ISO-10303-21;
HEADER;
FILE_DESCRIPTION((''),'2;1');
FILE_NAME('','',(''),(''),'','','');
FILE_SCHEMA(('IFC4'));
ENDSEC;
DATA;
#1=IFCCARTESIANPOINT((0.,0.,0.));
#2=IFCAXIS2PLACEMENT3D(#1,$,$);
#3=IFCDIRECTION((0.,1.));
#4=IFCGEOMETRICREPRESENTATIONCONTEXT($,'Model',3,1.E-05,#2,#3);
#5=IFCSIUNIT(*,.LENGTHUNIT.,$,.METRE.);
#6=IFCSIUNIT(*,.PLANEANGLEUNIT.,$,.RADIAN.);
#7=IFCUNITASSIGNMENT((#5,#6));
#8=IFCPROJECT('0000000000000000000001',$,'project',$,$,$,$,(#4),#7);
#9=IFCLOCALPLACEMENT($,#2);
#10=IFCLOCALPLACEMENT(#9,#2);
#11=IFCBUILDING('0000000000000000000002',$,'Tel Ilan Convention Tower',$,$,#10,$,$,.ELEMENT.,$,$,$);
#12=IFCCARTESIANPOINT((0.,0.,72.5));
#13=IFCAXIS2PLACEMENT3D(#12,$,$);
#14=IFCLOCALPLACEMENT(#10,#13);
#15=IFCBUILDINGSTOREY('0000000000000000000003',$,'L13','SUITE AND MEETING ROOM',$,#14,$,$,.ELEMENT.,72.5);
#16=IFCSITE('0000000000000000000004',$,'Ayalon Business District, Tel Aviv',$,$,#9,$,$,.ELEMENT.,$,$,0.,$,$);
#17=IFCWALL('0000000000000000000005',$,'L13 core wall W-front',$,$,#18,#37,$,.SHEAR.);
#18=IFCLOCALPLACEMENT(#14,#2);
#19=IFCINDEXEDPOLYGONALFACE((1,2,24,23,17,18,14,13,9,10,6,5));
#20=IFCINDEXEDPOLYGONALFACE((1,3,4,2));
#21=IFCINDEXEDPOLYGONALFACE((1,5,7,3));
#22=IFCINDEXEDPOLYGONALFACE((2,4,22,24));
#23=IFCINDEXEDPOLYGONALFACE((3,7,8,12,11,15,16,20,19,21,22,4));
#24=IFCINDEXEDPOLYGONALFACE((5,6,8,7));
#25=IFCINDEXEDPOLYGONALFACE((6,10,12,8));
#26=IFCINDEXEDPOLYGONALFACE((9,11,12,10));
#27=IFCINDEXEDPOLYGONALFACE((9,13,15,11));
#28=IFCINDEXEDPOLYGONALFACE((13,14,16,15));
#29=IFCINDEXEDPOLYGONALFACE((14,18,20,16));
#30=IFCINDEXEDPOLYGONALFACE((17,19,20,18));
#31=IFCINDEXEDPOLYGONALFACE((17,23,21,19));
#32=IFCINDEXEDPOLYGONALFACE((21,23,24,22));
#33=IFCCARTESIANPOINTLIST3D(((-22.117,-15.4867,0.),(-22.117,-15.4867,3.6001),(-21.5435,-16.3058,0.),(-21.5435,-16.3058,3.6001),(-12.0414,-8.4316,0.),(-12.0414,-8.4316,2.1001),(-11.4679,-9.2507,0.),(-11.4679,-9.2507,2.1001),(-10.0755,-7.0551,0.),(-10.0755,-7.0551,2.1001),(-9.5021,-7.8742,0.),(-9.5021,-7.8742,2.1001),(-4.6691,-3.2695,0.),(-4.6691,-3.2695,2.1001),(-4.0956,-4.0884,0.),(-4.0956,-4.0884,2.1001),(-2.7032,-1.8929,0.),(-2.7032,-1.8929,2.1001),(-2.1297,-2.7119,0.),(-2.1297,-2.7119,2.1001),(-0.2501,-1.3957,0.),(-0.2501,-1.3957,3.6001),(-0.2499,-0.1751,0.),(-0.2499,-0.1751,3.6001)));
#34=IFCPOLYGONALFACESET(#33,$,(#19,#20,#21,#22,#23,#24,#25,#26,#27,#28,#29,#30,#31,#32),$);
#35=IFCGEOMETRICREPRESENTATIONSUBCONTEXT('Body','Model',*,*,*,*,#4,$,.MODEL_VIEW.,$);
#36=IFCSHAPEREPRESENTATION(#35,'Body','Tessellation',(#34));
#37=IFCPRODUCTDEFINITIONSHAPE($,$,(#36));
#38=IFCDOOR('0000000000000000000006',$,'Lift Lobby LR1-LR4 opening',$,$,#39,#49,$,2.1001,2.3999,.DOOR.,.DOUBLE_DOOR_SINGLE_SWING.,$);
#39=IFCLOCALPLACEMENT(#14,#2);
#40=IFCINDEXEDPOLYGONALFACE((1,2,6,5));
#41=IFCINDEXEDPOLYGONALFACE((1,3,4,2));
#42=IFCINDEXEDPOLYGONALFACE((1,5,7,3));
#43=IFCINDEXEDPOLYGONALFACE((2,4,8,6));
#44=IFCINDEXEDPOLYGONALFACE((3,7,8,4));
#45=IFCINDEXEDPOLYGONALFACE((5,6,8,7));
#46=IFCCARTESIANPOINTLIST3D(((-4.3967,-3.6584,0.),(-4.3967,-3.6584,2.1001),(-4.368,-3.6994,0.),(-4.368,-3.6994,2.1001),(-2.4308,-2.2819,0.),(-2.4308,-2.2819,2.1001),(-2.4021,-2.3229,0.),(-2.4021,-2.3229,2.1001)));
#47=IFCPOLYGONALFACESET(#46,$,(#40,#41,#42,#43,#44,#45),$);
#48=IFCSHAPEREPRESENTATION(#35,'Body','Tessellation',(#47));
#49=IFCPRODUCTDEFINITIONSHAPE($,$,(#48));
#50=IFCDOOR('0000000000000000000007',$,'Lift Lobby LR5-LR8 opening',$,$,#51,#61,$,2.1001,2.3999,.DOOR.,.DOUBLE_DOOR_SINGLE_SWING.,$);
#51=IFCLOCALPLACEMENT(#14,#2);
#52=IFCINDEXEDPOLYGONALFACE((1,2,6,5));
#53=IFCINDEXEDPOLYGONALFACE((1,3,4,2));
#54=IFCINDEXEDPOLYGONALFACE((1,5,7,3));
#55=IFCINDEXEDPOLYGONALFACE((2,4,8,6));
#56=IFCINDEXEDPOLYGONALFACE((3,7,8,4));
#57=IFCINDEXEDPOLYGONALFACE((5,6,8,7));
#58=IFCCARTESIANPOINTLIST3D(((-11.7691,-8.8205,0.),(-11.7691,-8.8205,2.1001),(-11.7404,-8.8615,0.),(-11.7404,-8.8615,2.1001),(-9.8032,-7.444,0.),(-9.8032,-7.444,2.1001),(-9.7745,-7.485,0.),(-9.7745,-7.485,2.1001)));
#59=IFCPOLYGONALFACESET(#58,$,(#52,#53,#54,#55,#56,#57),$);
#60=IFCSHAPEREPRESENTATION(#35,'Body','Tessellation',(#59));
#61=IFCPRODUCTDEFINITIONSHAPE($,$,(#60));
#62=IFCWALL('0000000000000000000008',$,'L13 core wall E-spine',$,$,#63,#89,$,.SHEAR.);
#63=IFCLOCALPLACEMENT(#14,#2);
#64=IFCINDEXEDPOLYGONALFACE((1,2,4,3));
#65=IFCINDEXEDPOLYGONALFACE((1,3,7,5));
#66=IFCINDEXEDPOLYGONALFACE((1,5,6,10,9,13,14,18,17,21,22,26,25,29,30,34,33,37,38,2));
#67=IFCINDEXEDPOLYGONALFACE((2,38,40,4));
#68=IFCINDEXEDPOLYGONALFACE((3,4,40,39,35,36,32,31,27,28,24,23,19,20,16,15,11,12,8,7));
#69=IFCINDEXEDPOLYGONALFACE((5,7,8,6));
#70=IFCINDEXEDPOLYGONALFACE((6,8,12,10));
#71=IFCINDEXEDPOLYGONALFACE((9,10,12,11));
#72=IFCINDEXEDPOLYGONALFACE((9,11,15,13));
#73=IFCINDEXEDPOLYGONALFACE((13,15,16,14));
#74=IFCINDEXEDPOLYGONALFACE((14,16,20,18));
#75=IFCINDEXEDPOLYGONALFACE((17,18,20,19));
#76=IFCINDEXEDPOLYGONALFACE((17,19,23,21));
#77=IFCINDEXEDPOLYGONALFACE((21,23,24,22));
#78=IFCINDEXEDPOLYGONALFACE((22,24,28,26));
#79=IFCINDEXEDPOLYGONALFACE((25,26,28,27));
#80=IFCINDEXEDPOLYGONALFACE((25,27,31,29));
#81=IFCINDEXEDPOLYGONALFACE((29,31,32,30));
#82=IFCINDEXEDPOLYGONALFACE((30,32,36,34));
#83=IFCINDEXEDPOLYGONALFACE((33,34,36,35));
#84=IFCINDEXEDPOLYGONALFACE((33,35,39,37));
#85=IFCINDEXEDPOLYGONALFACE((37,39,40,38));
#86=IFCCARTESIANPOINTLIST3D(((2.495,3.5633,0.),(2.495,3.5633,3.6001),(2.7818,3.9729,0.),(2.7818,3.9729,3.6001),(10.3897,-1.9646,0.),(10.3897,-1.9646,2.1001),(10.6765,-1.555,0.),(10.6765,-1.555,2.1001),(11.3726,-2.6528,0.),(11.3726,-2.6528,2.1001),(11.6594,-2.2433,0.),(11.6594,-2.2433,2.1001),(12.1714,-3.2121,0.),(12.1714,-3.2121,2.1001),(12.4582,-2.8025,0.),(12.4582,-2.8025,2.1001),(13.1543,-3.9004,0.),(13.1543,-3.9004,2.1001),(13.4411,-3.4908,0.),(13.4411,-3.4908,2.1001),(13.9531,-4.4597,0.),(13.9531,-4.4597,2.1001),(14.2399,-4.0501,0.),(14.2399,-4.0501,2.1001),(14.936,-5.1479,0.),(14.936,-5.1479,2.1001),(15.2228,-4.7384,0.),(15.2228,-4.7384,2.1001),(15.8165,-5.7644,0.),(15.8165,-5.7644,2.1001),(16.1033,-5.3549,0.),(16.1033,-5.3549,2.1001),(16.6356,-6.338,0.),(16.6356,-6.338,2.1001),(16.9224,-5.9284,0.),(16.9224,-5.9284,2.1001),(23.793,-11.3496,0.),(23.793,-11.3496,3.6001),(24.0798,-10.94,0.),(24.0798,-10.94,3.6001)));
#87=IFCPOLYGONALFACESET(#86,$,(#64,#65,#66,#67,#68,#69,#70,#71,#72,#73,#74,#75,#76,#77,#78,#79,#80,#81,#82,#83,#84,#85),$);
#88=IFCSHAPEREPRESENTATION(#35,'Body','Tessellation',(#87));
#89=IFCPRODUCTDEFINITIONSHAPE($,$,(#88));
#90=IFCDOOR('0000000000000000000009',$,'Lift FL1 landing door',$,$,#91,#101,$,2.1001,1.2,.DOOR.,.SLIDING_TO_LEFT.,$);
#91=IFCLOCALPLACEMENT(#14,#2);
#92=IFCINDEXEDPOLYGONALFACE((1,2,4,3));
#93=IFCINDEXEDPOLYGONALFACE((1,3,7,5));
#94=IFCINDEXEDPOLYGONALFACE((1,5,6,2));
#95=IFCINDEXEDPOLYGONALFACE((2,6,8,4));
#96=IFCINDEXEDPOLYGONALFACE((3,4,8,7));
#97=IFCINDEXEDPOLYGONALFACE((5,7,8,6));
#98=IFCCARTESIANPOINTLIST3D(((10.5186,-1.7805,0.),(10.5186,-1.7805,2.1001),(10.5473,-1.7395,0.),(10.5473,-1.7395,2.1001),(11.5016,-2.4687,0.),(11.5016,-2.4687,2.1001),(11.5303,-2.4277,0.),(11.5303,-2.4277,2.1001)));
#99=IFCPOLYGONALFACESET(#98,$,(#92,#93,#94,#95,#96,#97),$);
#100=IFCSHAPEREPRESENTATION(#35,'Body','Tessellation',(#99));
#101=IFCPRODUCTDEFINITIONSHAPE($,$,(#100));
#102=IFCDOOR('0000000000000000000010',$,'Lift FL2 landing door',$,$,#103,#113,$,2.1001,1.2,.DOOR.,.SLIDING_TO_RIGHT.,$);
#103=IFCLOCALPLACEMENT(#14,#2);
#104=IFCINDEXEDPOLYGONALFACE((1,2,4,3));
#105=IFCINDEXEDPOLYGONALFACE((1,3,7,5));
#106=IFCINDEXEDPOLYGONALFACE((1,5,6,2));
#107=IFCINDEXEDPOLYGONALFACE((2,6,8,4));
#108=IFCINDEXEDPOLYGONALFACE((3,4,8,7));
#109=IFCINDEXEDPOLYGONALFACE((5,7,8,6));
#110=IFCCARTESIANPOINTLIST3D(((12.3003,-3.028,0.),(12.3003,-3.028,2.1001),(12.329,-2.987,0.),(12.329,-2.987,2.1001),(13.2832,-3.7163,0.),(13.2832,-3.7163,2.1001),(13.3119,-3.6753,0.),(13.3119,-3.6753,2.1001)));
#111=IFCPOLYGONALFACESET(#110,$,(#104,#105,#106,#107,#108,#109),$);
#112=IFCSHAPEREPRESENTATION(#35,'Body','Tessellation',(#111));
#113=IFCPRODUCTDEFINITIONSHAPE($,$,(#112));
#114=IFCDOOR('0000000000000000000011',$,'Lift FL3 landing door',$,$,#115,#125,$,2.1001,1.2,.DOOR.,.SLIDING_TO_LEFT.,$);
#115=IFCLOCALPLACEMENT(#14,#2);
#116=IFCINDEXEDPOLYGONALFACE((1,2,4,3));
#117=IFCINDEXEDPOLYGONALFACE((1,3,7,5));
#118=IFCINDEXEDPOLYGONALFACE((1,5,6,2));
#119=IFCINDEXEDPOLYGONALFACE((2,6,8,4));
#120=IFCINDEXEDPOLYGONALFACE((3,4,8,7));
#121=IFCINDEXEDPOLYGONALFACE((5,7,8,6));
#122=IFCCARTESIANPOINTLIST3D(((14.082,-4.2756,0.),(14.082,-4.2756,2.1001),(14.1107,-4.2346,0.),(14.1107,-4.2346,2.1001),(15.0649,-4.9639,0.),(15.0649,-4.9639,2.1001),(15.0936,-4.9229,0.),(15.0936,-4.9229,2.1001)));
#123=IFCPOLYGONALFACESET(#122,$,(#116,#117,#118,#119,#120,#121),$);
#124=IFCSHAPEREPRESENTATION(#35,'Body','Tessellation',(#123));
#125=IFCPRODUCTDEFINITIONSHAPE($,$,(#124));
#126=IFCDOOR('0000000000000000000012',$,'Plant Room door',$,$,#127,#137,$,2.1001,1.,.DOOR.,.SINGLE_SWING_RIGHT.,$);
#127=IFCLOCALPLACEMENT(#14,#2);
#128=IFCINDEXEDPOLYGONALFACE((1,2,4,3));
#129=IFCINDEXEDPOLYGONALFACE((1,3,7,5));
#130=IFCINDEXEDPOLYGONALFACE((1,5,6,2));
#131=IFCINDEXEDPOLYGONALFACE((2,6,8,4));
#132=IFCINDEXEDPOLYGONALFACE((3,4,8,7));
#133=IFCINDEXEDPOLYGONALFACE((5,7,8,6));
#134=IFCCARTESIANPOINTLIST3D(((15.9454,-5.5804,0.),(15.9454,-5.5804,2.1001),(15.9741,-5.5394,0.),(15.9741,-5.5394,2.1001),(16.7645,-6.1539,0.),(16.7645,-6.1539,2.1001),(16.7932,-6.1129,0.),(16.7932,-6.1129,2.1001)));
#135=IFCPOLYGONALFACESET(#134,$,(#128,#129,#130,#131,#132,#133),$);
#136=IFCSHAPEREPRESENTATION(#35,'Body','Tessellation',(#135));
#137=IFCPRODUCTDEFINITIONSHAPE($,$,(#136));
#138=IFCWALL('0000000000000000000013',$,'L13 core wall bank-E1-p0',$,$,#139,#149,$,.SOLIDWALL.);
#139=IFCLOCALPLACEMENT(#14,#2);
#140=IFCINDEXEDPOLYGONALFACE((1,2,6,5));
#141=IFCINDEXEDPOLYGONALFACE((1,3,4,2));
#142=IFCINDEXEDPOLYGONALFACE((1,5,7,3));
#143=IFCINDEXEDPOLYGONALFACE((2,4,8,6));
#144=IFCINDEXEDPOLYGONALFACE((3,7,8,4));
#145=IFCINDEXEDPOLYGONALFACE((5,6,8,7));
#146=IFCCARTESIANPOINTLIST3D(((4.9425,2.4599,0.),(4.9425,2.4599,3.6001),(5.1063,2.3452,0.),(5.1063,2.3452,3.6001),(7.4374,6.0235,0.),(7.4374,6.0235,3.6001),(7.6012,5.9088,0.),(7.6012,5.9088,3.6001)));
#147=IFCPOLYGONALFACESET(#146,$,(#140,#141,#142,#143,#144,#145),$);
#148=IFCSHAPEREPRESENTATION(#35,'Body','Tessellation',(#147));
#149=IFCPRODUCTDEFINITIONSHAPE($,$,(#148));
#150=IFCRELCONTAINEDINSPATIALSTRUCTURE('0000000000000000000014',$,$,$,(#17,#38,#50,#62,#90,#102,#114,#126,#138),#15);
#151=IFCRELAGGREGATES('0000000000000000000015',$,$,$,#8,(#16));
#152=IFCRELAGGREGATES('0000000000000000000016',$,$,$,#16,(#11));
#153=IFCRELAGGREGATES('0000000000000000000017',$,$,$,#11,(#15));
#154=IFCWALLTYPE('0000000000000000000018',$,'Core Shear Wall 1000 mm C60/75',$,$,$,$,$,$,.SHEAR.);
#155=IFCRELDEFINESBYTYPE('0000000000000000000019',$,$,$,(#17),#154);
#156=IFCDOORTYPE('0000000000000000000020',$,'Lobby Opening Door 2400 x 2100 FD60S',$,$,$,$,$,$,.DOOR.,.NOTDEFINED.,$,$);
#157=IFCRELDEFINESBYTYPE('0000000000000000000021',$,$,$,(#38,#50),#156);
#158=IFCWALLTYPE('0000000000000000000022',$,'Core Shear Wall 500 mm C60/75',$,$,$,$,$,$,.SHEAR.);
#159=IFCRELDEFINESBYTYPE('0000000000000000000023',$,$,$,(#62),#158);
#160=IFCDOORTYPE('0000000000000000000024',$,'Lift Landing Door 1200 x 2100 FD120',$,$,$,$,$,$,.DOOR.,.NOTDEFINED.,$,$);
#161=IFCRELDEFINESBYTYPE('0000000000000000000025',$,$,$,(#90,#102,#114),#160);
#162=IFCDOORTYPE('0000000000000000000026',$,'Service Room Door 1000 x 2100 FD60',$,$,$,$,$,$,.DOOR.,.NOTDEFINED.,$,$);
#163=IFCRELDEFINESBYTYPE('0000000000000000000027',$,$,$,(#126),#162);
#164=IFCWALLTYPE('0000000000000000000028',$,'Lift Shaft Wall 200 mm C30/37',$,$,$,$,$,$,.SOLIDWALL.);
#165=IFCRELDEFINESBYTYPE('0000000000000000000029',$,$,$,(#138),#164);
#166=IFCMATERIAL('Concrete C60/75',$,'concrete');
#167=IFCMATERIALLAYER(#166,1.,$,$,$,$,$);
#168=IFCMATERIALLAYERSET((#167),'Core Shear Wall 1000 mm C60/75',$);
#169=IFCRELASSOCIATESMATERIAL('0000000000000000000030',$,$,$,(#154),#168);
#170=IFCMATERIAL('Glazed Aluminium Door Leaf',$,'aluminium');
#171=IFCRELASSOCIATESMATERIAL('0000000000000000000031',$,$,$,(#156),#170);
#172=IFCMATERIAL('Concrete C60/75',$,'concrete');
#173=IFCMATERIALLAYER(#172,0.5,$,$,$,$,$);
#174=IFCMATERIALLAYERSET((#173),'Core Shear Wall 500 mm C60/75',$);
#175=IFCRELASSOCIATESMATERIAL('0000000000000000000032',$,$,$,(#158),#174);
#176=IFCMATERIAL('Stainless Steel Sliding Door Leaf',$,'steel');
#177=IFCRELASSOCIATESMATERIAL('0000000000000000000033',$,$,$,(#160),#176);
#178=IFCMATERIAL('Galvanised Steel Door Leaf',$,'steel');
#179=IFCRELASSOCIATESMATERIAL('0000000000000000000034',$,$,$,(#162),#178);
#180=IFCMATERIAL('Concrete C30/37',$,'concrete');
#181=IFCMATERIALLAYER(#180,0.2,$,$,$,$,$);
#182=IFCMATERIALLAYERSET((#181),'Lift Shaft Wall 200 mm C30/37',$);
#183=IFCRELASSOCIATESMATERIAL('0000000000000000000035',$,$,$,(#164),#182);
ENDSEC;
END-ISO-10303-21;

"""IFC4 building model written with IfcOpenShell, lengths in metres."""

from ifc_helpers import new_model, si_unit, direction, frame, frame_2d, origin, place, context, subcontext, project, spatial, polyline, rectangle, outline, extrude, material, layer, layer_set, type_object, element, fill, save


model = new_model("IFC4")

# Units and contexts
model_context = context("Model", 3, precision=1e-05, world=origin(), true_north=direction((0.0, 1.0)))
body_context = subcontext(model_context, "Body", "Model", "MODEL_VIEW")
ifc_project = project(units=[si_unit("LENGTHUNIT", "METRE"), si_unit("PLANEANGLEUNIT", "RADIAN")], contexts=[model_context])

# Site, building, storey
site_placement = place(None, origin())
site = spatial("IfcSite", under=ifc_project, at=site_placement, Name="Ayalon Business District, Tel Aviv", CompositionType="ELEMENT", RefElevation=0.0)
building_placement = place(site_placement, origin())
building = spatial("IfcBuilding", under=site, at=building_placement, Name="Tel Ilan Convention Tower", CompositionType="ELEMENT")
storey_placement = place(building_placement, frame((0.0, 0.0, 72.5)))
storey = spatial("IfcBuildingStorey", under=building, at=storey_placement, Name="L13", Description="SUITE AND MEETING ROOM", CompositionType="ELEMENT", Elevation=72.5)

# Shared definitions
ifc_material_1 = material(Name="Concrete C60/75", Category="concrete")
ifc_layer_1 = layer(ifc_material_1, 1.0)
ifc_layer_set_1 = layer_set([ifc_layer_1], Name="Core Shear Wall 1000 mm C60/75")
wall_type_1 = type_object("IfcWallType", Name="Core Shear Wall 1000 mm C60/75", PredefinedType="SHEAR", material=ifc_layer_set_1)

# Walls, openings, doors
wall_1_placement = place(storey_placement, frame((0.0369, -0.5847, 0.0), z_axis=(0.0, 0.0, 1.0), x_axis=(-0.819157, -0.573569, 0.0)))
wall_1 = element("IfcWall", 1, at=wall_1_placement, inside=storey, type_object=wall_type_1, Name="L13 core wall W-front", PredefinedType="SHEAR", context=body_context, shape_type="SweptSolid", body=[
    extrude(outline(polyline([(26.6948, 0.5002), (0.7002, 0.4998), (0.0, -0.5), (26.6948, -0.4998), (26.6948, 0.5002)])), origin(), (0.0, 0.0, 1.0), 3.6001),
])
opening_1_placement = place(wall_1_placement, frame((2.9949, 0.0, 0.0)))
opening_1 = element("IfcOpeningElement", 2, at=opening_1_placement, cuts=wall_1, PredefinedType="OPENING", context=body_context, shape_type="SweptSolid", body=[
    extrude(rectangle(XDim=2.3999, YDim=2.1001, at=frame_2d((1.2, 1.05))), frame((0.0, 0.51, 0.0), z_axis=(0.0, -1.0, 0.0), x_axis=(1.0, 0.0, 0.0)), (0.0, 0.0, 1.0), 1.02),
])
opening_2_placement = place(wall_1_placement, frame((11.9949, 0.0, 0.0)))
opening_2 = element("IfcOpeningElement", 3, at=opening_2_placement, cuts=wall_1, PredefinedType="OPENING", context=body_context, shape_type="SweptSolid", body=[
    extrude(rectangle(XDim=2.3999, YDim=2.1001, at=frame_2d((1.2, 1.05))), frame((0.0, 0.51, 0.0), z_axis=(0.0, -1.0, 0.0), x_axis=(1.0, 0.0, 0.0)), (0.0, 0.0, 1.0), 1.02),
])
ifc_material_2 = material(Name="Glazed Aluminium Door Leaf", Category="aluminium")
door_type_1 = type_object("IfcDoorType", Name="Lobby Opening Door 2400 x 2100 FD60S", OperationType="NOTDEFINED", PredefinedType="DOOR", material=ifc_material_2)
door_1_placement = place(opening_1_placement, origin())
door_1 = element("IfcDoor", 4, at=door_1_placement, inside=storey, type_object=door_type_1, Name="Lift Lobby LR1-LR4 opening", OperationType="DOUBLE_DOOR_SINGLE_SWING", OverallHeight=2.1001, OverallWidth=2.3999, PredefinedType="DOOR", context=body_context, shape_type="SweptSolid", body=[
    extrude(rectangle(XDim=2.3999, YDim=2.1001, at=frame_2d((1.2, 1.05))), frame((0.0, 0.0249, 0.0), z_axis=(0.0, -1.0, 0.0), x_axis=(1.0, 0.0, 0.0)), (0.0, 0.0, 1.0), 0.05),
])
fill(opening_1, door_1)
door_2_placement = place(opening_2_placement, origin())
door_2 = element("IfcDoor", 5, at=door_2_placement, inside=storey, type_object=door_type_1, Name="Lift Lobby LR5-LR8 opening", OperationType="DOUBLE_DOOR_SINGLE_SWING", OverallHeight=2.1001, OverallWidth=2.3999, PredefinedType="DOOR", context=body_context, shape_type="SweptSolid", body=[
    extrude(rectangle(XDim=2.3999, YDim=2.1001, at=frame_2d((1.2, 1.05))), frame((0.0, 0.0249, 0.0), z_axis=(0.0, -1.0, 0.0), x_axis=(1.0, 0.0, 0.0)), (0.0, 0.0, 1.0), 0.05),
])
fill(opening_2, door_2)
ifc_material_3 = material(Name="Concrete C60/75", Category="concrete")
ifc_layer_2 = layer(ifc_material_3, 0.5)
ifc_layer_set_2 = layer_set([ifc_layer_2], Name="Core Shear Wall 500 mm C60/75")
wall_type_2 = type_object("IfcWallType", Name="Core Shear Wall 500 mm C60/75", PredefinedType="SHEAR", material=ifc_layer_set_2)
wall_2_placement = place(storey_placement, frame((2.6384, 3.7681, 0.0), z_axis=(0.0, 0.0, 1.0), x_axis=(0.819149, -0.573581, 0.0)))
wall_2 = element("IfcWall", 6, at=wall_2_placement, inside=storey, type_object=wall_type_2, Name="L13 core wall E-spine", PredefinedType="SHEAR", context=body_context, shape_type="SweptSolid", body=[
    extrude(outline(polyline([(0.0, 0.25), (0.0, -0.25), (26.0, -0.2498), (26.0, 0.2502), (0.0, 0.25)])), origin(), (0.0, 0.0, 1.0), 3.6001),
])
opening_3_placement = place(wall_2_placement, frame((9.6375, 0.0, 0.0)))
opening_3 = element("IfcOpeningElement", 7, at=opening_3_placement, cuts=wall_2, PredefinedType="OPENING", context=body_context, shape_type="SweptSolid", body=[
    extrude(rectangle(XDim=1.2, YDim=2.1001, at=frame_2d((0.6001, 1.05))), frame((0.0, 0.26, 0.0), z_axis=(0.0, -1.0, 0.0), x_axis=(1.0, 0.0, 0.0)), (0.0, 0.0, 1.0), 0.52),
])
opening_4_placement = place(wall_2_placement, frame((11.8125, 0.0, 0.0)))
opening_4 = element("IfcOpeningElement", 8, at=opening_4_placement, cuts=wall_2, PredefinedType="OPENING", context=body_context, shape_type="SweptSolid", body=[
    extrude(rectangle(XDim=1.2, YDim=2.1001, at=frame_2d((0.6001, 1.05))), frame((0.0, 0.26, 0.0), z_axis=(0.0, -1.0, 0.0), x_axis=(1.0, 0.0, 0.0)), (0.0, 0.0, 1.0), 0.52),
])
opening_5_placement = place(wall_2_placement, frame((13.9875, 0.0, 0.0)))
opening_5 = element("IfcOpeningElement", 9, at=opening_5_placement, cuts=wall_2, PredefinedType="OPENING", context=body_context, shape_type="SweptSolid", body=[
    extrude(rectangle(XDim=1.2, YDim=2.1001, at=frame_2d((0.6001, 1.05))), frame((0.0, 0.26, 0.0), z_axis=(0.0, -1.0, 0.0), x_axis=(1.0, 0.0, 0.0)), (0.0, 0.0, 1.0), 0.52),
])
opening_6_placement = place(wall_2_placement, frame((16.2625, 0.0, 0.0)))
opening_6 = element("IfcOpeningElement", 10, at=opening_6_placement, cuts=wall_2, PredefinedType="OPENING", context=body_context, shape_type="SweptSolid", body=[
    extrude(rectangle(XDim=1.0, YDim=2.1001, at=frame_2d((0.5, 1.05))), frame((0.0, 0.26, 0.0), z_axis=(0.0, -1.0, 0.0), x_axis=(1.0, 0.0, 0.0)), (0.0, 0.0, 1.0), 0.52),
])
ifc_material_4 = material(Name="Stainless Steel Sliding Door Leaf", Category="steel")
door_type_2 = type_object("IfcDoorType", Name="Lift Landing Door 1200 x 2100 FD120", OperationType="NOTDEFINED", PredefinedType="DOOR", material=ifc_material_4)
door_3_placement = place(opening_3_placement, origin())
door_3 = element("IfcDoor", 11, at=door_3_placement, inside=storey, type_object=door_type_2, Name="Lift FL1 landing door", OperationType="SLIDING_TO_LEFT", OverallHeight=2.1001, OverallWidth=1.2, PredefinedType="DOOR", context=body_context, shape_type="SweptSolid", body=[
    extrude(rectangle(XDim=1.2, YDim=2.1001, at=frame_2d((0.6001, 1.05))), frame((0.0, 0.0249, 0.0), z_axis=(0.0, -1.0, 0.0), x_axis=(1.0, 0.0, 0.0)), (0.0, 0.0, 1.0), 0.05),
])
fill(opening_3, door_3)
door_4_placement = place(opening_4_placement, origin())
door_4 = element("IfcDoor", 12, at=door_4_placement, inside=storey, type_object=door_type_2, Name="Lift FL2 landing door", OperationType="SLIDING_TO_RIGHT", OverallHeight=2.1001, OverallWidth=1.2, PredefinedType="DOOR", context=body_context, shape_type="SweptSolid", body=[
    extrude(rectangle(XDim=1.2, YDim=2.1001, at=frame_2d((0.6001, 1.05))), frame((0.0, 0.0249, 0.0), z_axis=(0.0, -1.0, 0.0), x_axis=(1.0, 0.0, 0.0)), (0.0, 0.0, 1.0), 0.05),
])
fill(opening_4, door_4)
door_5_placement = place(opening_5_placement, origin())
door_5 = element("IfcDoor", 13, at=door_5_placement, inside=storey, type_object=door_type_2, Name="Lift FL3 landing door", OperationType="SLIDING_TO_LEFT", OverallHeight=2.1001, OverallWidth=1.2, PredefinedType="DOOR", context=body_context, shape_type="SweptSolid", body=[
    extrude(rectangle(XDim=1.2, YDim=2.1001, at=frame_2d((0.6001, 1.05))), frame((0.0, 0.0249, 0.0), z_axis=(0.0, -1.0, 0.0), x_axis=(1.0, 0.0, 0.0)), (0.0, 0.0, 1.0), 0.05),
])
fill(opening_5, door_5)
ifc_material_5 = material(Name="Galvanised Steel Door Leaf", Category="steel")
door_type_3 = type_object("IfcDoorType", Name="Service Room Door 1000 x 2100 FD60", OperationType="NOTDEFINED", PredefinedType="DOOR", material=ifc_material_5)
door_6_placement = place(opening_6_placement, origin())
door_6 = element("IfcDoor", 14, at=door_6_placement, inside=storey, type_object=door_type_3, Name="Plant Room door", OperationType="SINGLE_SWING_RIGHT", OverallHeight=2.1001, OverallWidth=1.0, PredefinedType="DOOR", context=body_context, shape_type="SweptSolid", body=[
    extrude(rectangle(XDim=1.0, YDim=2.1001, at=frame_2d((0.5, 1.05))), frame((0.0, 0.0249, 0.0), z_axis=(0.0, -1.0, 0.0), x_axis=(1.0, 0.0, 0.0)), (0.0, 0.0, 1.0), 0.05),
])
fill(opening_6, door_6)

# Wall
ifc_material_6 = material(Name="Concrete C30/37", Category="concrete")
ifc_layer_3 = layer(ifc_material_6, 0.2)
ifc_layer_set_3 = layer_set([ifc_layer_3], Name="Lift Shaft Wall 200 mm C30/37")
wall_type_3 = type_object("IfcWallType", Name="Lift Shaft Wall 200 mm C30/37", PredefinedType="SOLIDWALL", material=ifc_layer_set_3)
wall_3_placement = place(storey_placement, frame((5.0244, 2.4026, 0.0), z_axis=(0.0, 0.0, 1.0), x_axis=(0.57353, 0.819184, 0.0)))
element("IfcWall", 15, at=wall_3_placement, inside=storey, type_object=wall_type_3, Name="L13 core wall bank-E1-p0", PredefinedType="SOLIDWALL", context=body_context, shape_type="SweptSolid", body=[
    extrude(rectangle(XDim=4.3501, YDim=0.2, at=frame_2d((2.175, 0.0))), origin(), (0.0, 0.0, 1.0), 3.6001),
])

save(model, "model.ifc")
